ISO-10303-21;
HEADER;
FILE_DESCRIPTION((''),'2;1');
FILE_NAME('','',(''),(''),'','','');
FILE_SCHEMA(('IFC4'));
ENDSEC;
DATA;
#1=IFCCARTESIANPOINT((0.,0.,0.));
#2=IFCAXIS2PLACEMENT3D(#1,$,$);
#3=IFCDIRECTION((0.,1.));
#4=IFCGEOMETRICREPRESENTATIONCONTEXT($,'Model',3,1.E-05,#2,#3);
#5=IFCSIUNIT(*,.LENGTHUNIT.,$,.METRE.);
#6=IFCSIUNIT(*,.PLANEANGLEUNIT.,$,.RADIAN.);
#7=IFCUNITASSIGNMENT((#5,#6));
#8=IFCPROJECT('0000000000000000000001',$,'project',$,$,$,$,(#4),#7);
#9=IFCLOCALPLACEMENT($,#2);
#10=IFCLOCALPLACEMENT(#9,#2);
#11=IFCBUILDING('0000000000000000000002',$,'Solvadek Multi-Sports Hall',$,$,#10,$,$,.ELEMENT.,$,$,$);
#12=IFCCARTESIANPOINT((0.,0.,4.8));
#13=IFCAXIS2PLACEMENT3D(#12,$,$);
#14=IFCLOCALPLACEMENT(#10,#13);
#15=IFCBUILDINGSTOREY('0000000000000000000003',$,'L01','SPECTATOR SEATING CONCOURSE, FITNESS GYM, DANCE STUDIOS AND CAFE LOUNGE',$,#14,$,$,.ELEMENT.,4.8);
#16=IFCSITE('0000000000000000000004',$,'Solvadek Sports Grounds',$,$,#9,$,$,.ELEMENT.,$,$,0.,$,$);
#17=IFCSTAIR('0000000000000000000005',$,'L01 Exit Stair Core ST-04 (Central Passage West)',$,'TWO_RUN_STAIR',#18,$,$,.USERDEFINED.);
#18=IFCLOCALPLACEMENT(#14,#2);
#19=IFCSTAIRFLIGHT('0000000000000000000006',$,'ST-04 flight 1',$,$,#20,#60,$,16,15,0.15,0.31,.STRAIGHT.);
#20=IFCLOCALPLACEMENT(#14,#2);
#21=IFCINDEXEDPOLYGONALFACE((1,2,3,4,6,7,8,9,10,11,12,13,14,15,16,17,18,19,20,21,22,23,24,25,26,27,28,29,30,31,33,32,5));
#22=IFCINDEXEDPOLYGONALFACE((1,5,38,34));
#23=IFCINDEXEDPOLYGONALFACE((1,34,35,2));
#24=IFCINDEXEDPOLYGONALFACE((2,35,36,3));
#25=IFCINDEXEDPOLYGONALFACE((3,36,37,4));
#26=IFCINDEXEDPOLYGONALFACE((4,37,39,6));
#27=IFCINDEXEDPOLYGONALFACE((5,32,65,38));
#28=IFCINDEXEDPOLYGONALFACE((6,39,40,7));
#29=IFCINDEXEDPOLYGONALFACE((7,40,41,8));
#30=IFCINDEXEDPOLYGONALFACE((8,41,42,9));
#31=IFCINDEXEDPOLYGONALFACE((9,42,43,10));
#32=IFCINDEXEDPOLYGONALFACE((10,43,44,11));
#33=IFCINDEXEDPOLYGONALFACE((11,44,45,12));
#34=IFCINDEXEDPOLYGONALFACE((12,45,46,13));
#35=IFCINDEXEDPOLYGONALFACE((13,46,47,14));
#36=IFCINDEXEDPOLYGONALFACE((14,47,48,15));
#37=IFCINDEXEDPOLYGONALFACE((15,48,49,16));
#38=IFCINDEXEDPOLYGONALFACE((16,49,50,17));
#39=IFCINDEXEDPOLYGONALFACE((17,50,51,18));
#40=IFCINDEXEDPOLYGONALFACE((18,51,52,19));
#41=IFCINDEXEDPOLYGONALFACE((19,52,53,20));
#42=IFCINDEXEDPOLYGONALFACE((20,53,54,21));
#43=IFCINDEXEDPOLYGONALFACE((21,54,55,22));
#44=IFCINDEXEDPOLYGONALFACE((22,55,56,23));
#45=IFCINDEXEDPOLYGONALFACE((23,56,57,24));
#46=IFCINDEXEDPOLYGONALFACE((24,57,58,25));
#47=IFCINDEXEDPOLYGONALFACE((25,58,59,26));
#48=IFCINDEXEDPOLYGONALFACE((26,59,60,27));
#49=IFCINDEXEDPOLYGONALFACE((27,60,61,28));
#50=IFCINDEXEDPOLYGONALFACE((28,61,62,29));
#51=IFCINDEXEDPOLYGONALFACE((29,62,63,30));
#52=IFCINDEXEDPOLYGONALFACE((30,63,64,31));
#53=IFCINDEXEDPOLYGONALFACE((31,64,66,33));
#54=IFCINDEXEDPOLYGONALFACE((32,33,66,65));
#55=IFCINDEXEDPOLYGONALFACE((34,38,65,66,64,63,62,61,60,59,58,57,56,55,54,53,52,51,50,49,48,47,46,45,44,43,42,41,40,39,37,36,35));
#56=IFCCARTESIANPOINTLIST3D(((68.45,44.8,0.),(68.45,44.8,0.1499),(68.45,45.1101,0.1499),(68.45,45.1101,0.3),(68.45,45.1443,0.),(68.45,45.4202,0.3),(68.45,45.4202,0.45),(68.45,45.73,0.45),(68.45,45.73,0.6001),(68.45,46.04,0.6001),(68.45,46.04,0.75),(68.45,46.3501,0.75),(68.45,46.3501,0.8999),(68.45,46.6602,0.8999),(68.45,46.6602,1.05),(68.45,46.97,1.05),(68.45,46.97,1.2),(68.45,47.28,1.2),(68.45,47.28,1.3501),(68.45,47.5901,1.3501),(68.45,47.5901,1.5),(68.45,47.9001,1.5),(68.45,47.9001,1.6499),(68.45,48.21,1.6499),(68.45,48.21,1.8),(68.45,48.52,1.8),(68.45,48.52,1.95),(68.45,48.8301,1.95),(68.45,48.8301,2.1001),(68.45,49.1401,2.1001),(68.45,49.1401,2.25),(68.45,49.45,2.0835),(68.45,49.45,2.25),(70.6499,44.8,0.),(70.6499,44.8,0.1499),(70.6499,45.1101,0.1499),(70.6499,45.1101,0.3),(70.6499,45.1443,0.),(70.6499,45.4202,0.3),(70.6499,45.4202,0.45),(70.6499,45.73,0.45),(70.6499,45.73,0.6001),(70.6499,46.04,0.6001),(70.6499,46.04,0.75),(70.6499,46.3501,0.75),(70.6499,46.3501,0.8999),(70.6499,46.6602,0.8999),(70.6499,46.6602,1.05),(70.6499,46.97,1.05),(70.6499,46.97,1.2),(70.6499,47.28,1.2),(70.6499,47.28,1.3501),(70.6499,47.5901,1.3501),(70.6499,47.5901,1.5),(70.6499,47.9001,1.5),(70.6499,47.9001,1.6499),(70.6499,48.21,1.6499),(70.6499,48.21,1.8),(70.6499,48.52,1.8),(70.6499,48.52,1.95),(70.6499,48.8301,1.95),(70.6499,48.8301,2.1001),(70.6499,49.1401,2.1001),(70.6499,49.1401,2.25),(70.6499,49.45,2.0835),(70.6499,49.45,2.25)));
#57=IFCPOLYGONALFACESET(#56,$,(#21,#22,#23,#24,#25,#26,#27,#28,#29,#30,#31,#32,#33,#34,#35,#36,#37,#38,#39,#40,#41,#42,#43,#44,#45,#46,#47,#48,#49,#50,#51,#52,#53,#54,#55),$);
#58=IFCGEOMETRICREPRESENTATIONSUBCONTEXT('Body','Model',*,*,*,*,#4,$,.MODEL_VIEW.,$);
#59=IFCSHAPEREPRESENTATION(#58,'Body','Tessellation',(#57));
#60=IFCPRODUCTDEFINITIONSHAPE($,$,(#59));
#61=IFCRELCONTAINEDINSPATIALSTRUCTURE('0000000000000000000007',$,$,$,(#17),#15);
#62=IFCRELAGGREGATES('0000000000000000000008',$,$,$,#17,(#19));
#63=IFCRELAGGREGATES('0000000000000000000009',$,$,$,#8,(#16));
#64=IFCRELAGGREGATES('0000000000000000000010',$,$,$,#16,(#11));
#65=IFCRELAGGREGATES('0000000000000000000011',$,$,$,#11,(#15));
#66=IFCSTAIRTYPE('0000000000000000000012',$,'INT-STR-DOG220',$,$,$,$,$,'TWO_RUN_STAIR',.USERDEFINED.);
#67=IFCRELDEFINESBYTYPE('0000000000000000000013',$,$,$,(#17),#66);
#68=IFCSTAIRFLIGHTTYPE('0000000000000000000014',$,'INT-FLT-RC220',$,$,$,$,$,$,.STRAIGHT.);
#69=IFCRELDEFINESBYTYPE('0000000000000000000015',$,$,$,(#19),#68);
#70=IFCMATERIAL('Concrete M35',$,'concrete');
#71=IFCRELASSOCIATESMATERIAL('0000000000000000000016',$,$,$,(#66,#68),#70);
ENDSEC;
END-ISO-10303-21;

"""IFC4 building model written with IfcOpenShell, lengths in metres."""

from ifc_helpers import new_model, si_unit, direction, frame, origin, place, context, subcontext, project, spatial, polyline, outline, extrude, material, type_object, element, aggregate, save


model = new_model("IFC4")

# Units and contexts
model_context = context("Model", 3, precision=1e-05, world=origin(), true_north=direction((0.0, 1.0)))
body_context = subcontext(model_context, "Body", "Model", "MODEL_VIEW")
ifc_project = project(units=[si_unit("LENGTHUNIT", "METRE"), si_unit("PLANEANGLEUNIT", "RADIAN")], contexts=[model_context])

# Site, building, storey
site_placement = place(None, origin())
site = spatial("IfcSite", under=ifc_project, at=site_placement, Name="Solvadek Sports Grounds", CompositionType="ELEMENT", RefElevation=0.0)
building_placement = place(site_placement, origin())
building = spatial("IfcBuilding", under=site, at=building_placement, Name="Solvadek Multi-Sports Hall", CompositionType="ELEMENT")
storey_placement = place(building_placement, frame((0.0, 0.0, 4.8)))
storey = spatial("IfcBuildingStorey", under=building, at=storey_placement, Name="L01", Description="SPECTATOR SEATING CONCOURSE, FITNESS GYM, DANCE STUDIOS AND CAFE LOUNGE", CompositionType="ELEMENT", Elevation=4.8)

# Stair, stair flight
ifc_material_1 = material(Name="Concrete M35", Category="concrete")
stair_type = type_object("IfcStairType", Name="INT-STR-DOG220", ElementType="TWO_RUN_STAIR", PredefinedType="USERDEFINED", material=ifc_material_1)
stair_placement = place(storey_placement, origin())
stair = element("IfcStair", 1, at=stair_placement, inside=storey, type_object=stair_type, Name="L01 Exit Stair Core ST-04 (Central Passage West)", ObjectType="TWO_RUN_STAIR", PredefinedType="USERDEFINED")
stair_flight_type = type_object("IfcStairFlightType", Name="INT-FLT-RC220", PredefinedType="STRAIGHT", material=ifc_material_1)
stair_flight_placement = place(storey_placement, frame((69.55, 44.8, 0.0), z_axis=(0.0, 0.0, 1.0), x_axis=(0.0, 1.0, 0.0)))
stair_flight = element("IfcStairFlight", 2, at=stair_flight_placement, type_object=stair_flight_type, Name="ST-04 flight 1", NumberOfRisers=16, NumberOfTreads=15, PredefinedType="STRAIGHT", RiserHeight=0.15, TreadLength=0.31, context=body_context, shape_type="SweptSolid", body=[
    extrude(outline(polyline([(0.0, 0.0), (0.0, 0.1499), (0.3101, 0.1499), (0.3101, 0.3), (0.6201, 0.3), (0.6201, 0.45), (0.9299, 0.45), (0.9299, 0.6001), (1.24, 0.6001), (1.24, 0.75), (1.55, 0.75), (1.55, 0.8999), (1.8601, 0.8999), (1.8601, 1.05), (2.1699, 1.05), (2.1699, 1.2), (2.48, 1.2), (2.48, 1.3501), (2.79, 1.3501), (2.79, 1.5), (3.1001, 1.5), (3.1001, 1.6499), (3.4099, 1.6499), (3.4099, 1.8), (3.72, 1.8), (3.72, 1.95), (4.03, 1.95), (4.03, 2.1001), (4.3401, 2.1001), (4.3401, 2.25), (4.6499, 2.25), (4.6499, 2.3999), (4.6499, 2.0835), (0.3442, 0.0), (0.0, 0.0)])), frame((0.0, 1.1001, 0.0), z_axis=(0.0, -1.0, 0.0), x_axis=(1.0, 0.0, 0.0)), (0.0, 0.0, 1.0), 2.2),
])
aggregate(stair, [stair_flight])

save(model, "model.ifc")
